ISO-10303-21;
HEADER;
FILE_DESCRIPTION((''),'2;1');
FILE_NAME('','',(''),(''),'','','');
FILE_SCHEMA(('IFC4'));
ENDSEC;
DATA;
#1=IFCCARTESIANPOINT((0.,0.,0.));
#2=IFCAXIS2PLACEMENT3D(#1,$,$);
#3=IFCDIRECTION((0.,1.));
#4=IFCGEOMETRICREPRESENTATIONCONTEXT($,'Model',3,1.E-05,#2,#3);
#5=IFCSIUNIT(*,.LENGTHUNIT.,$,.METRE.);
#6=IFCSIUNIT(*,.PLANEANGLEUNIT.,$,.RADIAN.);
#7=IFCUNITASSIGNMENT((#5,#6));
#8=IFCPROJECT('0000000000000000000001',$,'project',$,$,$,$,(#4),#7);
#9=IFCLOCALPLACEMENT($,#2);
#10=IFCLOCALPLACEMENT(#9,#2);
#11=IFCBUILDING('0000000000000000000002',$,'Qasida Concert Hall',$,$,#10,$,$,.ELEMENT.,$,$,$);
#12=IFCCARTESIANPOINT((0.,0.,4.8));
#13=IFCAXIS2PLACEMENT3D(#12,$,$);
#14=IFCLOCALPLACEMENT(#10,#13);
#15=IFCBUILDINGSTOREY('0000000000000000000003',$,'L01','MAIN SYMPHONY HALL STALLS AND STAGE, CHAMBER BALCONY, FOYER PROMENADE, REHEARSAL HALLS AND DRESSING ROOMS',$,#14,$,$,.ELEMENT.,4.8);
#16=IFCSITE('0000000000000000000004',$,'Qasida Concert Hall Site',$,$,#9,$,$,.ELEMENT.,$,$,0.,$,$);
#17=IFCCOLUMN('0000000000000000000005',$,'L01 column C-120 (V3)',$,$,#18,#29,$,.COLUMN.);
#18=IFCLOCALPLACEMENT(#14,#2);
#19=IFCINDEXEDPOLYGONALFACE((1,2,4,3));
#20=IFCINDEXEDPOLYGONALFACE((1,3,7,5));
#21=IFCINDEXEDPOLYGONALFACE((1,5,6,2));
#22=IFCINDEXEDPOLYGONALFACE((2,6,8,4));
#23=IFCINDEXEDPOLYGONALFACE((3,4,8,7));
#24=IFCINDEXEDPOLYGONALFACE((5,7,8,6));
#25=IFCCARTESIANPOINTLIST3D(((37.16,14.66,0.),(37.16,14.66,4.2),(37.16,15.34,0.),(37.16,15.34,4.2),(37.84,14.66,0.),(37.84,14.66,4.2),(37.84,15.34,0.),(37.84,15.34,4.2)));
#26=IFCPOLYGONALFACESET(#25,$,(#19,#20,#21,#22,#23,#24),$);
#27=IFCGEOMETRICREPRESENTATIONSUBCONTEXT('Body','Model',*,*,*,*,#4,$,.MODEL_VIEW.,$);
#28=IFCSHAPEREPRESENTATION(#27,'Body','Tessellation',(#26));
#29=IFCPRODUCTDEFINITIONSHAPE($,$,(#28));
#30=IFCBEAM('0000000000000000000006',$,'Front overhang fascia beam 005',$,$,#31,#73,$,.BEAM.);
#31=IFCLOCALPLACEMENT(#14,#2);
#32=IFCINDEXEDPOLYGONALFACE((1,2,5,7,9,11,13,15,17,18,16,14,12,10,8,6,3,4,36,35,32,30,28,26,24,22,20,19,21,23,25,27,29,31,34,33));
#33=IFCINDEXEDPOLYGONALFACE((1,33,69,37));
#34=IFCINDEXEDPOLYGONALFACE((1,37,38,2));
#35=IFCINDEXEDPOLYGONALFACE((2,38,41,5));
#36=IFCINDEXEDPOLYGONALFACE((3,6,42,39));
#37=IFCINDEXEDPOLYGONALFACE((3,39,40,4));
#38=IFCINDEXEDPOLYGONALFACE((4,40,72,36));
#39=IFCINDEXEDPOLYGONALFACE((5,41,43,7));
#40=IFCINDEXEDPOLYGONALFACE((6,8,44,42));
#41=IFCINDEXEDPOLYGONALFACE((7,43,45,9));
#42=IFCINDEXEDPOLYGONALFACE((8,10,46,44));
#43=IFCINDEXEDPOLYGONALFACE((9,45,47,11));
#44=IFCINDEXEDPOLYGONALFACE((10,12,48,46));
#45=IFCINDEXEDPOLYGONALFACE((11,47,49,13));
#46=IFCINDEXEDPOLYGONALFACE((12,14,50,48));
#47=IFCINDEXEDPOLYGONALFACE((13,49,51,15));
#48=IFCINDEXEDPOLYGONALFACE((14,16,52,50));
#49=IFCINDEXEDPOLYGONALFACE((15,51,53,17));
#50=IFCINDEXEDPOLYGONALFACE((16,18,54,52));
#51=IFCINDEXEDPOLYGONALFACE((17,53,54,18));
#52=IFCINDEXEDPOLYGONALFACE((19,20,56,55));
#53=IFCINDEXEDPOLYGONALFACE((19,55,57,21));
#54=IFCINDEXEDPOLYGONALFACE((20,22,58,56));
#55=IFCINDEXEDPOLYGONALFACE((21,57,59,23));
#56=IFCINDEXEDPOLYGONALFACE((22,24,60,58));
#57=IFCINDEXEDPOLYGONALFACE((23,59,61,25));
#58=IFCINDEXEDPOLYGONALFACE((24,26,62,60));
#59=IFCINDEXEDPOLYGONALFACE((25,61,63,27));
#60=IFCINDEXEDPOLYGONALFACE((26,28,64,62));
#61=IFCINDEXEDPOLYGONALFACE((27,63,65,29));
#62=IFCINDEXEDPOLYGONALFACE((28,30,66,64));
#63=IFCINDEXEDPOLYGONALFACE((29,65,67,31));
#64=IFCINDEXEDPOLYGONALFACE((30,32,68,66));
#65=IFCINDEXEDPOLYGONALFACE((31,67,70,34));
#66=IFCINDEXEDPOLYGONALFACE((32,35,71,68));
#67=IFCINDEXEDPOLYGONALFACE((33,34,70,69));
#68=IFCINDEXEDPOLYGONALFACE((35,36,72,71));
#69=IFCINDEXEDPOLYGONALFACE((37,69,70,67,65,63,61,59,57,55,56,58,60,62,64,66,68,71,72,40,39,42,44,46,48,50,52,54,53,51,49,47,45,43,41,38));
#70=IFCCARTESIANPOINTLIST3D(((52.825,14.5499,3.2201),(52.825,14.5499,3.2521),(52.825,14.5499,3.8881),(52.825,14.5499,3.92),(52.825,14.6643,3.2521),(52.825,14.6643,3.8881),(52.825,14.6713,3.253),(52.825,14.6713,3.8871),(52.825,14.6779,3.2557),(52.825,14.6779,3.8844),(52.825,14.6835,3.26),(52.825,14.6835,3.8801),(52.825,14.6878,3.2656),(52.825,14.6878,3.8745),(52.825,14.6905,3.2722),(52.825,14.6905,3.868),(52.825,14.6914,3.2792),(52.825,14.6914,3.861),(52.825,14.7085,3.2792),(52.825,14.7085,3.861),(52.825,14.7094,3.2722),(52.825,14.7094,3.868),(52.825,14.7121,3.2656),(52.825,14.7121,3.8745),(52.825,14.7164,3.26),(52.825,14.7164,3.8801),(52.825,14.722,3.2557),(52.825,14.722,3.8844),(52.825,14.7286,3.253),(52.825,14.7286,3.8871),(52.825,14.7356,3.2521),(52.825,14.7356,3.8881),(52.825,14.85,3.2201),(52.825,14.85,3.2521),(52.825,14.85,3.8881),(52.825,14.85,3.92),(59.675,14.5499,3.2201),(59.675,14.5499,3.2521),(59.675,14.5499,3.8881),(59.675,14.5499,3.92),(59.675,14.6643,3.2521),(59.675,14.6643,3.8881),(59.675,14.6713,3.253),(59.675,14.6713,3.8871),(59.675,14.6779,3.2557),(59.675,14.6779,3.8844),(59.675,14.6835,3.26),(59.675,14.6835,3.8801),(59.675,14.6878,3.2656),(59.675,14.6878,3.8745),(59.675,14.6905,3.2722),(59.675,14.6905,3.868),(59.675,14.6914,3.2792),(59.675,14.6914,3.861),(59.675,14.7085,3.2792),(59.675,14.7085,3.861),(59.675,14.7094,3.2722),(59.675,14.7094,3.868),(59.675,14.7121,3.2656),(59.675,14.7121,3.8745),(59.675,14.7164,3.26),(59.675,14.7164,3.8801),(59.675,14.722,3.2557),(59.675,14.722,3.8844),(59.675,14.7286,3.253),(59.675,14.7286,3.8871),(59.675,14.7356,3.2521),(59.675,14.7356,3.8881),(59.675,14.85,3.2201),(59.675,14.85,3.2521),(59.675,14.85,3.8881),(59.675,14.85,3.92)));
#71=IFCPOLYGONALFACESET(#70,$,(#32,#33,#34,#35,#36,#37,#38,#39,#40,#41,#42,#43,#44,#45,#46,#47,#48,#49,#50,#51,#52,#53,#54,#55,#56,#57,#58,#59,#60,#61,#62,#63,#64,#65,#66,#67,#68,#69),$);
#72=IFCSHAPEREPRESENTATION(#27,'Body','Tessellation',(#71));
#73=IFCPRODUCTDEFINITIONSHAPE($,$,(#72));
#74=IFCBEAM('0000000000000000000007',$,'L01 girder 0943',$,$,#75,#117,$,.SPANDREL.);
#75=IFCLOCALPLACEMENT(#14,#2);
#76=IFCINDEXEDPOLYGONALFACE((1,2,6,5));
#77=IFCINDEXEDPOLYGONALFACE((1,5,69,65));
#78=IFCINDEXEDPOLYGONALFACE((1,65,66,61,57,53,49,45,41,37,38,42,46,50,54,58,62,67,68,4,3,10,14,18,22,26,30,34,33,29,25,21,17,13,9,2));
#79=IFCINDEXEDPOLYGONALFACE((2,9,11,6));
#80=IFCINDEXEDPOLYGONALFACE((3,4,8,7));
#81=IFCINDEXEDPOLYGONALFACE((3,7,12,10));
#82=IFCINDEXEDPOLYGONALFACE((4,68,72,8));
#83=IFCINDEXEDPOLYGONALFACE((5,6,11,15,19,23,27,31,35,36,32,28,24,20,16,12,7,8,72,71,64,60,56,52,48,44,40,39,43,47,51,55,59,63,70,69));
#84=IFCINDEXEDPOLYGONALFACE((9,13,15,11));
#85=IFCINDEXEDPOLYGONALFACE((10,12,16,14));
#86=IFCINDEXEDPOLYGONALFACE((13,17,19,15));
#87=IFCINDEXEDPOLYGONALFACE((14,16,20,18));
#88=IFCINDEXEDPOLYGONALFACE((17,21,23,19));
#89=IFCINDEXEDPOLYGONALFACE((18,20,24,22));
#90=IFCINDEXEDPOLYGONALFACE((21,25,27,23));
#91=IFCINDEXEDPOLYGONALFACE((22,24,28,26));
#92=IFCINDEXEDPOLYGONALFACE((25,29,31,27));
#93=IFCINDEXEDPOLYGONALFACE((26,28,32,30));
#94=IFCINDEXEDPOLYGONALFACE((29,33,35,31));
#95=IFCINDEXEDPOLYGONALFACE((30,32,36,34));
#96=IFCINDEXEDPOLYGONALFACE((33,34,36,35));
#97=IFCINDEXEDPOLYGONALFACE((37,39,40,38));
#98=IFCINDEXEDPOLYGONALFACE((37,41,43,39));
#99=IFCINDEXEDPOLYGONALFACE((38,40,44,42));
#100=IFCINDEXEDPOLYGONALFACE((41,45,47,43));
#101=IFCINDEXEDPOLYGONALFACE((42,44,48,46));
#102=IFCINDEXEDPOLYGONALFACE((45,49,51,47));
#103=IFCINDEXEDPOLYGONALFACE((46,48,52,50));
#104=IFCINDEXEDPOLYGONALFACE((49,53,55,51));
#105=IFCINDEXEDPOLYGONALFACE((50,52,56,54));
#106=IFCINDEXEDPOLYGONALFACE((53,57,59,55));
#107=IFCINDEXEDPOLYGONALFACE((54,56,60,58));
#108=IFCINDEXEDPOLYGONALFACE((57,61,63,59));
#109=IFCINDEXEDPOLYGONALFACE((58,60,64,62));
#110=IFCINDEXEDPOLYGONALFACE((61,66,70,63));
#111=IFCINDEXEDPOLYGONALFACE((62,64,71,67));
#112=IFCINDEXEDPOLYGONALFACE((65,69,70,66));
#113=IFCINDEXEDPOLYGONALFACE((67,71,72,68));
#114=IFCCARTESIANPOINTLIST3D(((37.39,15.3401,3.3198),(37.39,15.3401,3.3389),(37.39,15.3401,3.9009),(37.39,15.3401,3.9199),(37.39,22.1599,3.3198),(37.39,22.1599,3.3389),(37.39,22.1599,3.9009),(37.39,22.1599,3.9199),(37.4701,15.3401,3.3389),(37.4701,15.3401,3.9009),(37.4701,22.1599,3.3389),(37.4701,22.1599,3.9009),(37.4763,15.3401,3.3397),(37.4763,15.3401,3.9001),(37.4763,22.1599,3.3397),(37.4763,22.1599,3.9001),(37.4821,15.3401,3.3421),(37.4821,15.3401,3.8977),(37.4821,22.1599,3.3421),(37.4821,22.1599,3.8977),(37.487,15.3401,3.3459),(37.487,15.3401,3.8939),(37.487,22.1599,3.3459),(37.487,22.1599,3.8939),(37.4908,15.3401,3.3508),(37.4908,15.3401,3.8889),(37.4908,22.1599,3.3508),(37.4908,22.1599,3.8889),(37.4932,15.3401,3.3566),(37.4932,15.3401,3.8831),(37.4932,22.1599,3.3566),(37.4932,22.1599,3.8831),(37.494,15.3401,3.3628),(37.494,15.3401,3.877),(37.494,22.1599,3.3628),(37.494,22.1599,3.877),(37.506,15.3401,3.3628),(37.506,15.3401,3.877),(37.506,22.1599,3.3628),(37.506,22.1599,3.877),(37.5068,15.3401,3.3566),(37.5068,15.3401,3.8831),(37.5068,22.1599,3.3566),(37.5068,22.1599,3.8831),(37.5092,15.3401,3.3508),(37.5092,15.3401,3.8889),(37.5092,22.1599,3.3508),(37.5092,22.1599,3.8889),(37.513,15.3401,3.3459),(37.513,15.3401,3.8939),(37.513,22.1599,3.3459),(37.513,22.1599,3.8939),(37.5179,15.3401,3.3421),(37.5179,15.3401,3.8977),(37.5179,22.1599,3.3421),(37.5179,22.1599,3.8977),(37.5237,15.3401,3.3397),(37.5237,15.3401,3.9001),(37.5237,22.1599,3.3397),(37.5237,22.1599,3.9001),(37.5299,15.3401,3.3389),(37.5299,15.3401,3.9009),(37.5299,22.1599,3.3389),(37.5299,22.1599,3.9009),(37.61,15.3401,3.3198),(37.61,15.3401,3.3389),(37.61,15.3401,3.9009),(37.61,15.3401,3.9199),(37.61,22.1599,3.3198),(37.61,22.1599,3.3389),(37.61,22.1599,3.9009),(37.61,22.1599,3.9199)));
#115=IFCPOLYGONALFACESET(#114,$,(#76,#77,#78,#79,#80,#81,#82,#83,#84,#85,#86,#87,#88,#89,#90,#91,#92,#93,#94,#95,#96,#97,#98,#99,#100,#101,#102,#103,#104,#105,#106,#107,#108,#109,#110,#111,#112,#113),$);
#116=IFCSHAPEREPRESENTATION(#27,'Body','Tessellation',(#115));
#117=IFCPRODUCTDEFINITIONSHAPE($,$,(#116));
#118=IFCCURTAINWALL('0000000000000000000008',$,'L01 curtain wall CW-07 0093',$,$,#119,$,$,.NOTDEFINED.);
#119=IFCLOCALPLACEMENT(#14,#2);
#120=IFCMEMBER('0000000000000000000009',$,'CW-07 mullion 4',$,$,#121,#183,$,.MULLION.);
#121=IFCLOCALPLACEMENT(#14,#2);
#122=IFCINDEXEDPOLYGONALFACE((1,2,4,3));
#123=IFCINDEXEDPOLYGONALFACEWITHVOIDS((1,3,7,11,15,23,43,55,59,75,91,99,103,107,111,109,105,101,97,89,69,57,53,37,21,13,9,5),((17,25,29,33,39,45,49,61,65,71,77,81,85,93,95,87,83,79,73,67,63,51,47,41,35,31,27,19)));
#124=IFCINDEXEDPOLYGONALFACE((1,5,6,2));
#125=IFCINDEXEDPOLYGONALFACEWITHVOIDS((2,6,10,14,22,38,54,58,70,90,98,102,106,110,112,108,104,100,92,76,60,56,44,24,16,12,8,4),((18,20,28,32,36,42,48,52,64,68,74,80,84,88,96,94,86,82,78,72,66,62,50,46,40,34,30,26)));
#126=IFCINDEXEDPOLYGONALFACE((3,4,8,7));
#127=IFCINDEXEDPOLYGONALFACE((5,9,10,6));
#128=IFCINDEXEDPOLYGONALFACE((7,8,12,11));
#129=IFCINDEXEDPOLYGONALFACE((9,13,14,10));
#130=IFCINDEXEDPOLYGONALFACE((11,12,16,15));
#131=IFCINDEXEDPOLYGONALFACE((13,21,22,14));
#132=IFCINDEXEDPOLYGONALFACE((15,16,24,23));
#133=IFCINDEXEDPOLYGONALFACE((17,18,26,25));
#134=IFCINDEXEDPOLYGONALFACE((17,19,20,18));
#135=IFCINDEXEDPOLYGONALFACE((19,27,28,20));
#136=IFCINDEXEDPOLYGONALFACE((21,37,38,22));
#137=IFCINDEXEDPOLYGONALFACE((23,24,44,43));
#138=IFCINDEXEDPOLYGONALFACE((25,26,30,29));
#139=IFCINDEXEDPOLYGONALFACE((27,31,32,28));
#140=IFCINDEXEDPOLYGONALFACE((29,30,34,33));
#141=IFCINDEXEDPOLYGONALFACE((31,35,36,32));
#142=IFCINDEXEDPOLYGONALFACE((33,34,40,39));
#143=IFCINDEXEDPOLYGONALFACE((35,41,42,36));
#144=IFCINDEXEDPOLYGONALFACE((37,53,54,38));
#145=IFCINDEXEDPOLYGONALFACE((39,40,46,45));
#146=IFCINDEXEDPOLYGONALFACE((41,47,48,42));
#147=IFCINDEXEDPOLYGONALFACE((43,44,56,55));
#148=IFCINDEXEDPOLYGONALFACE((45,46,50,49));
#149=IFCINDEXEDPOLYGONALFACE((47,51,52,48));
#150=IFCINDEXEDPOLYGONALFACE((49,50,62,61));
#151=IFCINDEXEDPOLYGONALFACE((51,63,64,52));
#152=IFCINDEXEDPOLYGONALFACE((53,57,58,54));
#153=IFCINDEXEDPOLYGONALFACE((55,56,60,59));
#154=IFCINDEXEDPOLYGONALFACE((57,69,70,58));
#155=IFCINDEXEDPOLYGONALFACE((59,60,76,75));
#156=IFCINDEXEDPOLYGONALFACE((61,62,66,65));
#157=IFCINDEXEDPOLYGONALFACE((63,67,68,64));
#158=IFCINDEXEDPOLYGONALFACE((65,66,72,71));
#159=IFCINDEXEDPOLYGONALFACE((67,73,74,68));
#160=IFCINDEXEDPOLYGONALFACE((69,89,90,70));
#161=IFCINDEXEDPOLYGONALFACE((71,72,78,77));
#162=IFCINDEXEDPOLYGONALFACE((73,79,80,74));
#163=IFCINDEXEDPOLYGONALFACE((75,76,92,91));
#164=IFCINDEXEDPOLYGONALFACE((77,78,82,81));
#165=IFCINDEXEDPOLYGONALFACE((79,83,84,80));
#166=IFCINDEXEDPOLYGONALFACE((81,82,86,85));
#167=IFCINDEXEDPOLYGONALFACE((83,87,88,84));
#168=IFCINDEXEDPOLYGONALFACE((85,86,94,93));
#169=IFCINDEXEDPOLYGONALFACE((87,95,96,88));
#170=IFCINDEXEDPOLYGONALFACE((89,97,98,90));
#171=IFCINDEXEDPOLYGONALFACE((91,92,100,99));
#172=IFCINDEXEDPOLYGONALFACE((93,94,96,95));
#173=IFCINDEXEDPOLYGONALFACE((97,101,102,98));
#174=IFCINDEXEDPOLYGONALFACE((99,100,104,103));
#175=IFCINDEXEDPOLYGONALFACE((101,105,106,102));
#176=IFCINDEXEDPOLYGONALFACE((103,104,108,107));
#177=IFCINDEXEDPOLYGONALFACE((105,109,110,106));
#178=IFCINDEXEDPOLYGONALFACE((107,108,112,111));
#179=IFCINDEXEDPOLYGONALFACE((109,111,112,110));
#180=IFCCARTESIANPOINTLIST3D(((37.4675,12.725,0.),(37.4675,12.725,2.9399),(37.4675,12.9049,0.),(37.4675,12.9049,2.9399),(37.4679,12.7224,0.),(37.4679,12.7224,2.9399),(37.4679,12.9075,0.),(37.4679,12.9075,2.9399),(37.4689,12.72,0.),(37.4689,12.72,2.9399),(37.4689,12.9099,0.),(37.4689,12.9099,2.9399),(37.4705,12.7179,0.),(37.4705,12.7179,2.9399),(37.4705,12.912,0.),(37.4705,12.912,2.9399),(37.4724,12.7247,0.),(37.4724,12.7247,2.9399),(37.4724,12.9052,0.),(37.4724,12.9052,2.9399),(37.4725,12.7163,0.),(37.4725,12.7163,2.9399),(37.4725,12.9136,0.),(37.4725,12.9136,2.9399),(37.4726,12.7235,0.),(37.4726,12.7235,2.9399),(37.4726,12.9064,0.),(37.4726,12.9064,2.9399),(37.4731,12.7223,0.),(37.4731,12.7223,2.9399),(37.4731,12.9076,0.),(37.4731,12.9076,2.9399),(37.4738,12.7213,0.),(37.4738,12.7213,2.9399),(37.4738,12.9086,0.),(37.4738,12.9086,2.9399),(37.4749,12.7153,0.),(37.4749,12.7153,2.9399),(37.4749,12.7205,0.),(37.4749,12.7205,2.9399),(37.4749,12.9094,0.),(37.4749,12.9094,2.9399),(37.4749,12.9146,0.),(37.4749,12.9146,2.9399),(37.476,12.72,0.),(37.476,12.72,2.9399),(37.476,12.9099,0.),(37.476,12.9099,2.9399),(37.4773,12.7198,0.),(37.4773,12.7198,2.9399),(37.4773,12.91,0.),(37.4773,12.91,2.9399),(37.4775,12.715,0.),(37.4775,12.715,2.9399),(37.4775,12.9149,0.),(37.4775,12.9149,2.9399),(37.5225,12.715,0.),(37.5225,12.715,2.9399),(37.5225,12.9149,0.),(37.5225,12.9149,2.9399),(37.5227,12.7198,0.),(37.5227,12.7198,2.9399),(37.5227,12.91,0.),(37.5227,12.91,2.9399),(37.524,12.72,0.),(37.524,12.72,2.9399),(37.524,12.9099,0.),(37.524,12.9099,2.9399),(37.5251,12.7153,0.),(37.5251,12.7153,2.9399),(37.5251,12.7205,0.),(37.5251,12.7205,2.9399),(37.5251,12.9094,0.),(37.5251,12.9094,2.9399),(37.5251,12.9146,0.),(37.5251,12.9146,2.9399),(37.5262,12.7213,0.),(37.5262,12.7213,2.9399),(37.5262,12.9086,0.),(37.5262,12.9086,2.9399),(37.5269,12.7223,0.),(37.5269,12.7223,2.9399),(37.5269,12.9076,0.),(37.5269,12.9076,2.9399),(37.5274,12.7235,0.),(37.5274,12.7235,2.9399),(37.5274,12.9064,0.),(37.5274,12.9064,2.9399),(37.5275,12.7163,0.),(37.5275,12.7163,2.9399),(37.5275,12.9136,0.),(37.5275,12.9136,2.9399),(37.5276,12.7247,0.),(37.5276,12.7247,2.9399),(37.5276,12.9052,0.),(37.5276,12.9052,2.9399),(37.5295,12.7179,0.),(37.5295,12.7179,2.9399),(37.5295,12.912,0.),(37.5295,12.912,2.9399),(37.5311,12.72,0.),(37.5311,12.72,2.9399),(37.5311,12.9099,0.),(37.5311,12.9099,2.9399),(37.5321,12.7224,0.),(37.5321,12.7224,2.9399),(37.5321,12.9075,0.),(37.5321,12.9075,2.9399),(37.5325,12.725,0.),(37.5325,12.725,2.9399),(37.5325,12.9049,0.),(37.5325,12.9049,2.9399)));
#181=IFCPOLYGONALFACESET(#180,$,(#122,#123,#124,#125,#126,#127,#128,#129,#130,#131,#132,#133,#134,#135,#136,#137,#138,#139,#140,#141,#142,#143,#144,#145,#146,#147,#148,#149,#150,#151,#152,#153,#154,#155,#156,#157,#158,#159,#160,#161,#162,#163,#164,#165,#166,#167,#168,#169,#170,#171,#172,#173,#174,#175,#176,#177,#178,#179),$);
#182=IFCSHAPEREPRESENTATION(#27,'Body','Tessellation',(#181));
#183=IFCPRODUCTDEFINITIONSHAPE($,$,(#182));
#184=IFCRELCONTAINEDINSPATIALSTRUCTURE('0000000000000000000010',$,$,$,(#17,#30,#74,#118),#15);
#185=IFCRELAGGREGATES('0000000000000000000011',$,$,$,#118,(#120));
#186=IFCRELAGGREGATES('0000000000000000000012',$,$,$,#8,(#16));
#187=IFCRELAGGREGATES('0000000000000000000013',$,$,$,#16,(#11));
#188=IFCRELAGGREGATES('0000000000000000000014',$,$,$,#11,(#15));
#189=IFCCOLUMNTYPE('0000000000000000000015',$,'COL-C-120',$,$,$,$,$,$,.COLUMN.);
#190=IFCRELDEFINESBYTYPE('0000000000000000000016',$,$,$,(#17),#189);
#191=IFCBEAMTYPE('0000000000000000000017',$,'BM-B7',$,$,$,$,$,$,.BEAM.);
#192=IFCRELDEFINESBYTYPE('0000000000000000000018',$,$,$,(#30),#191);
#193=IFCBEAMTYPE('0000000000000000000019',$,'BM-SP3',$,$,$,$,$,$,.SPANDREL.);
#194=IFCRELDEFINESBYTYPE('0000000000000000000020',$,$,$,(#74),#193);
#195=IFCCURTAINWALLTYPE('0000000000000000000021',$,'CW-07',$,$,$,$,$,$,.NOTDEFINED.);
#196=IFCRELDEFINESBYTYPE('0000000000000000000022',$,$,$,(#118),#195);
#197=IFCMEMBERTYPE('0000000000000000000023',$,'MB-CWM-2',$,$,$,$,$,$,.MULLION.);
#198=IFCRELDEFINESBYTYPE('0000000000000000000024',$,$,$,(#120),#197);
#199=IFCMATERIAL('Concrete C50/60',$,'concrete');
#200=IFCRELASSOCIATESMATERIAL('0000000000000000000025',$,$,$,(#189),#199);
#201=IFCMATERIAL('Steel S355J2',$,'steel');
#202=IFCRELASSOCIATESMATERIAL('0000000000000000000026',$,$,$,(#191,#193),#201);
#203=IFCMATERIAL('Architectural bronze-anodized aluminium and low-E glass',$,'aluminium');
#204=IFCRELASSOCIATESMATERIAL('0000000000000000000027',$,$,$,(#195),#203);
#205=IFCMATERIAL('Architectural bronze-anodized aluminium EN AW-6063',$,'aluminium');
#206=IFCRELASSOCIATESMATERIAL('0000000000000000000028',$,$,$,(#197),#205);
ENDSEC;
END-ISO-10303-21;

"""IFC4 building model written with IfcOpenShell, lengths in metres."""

from ifc_helpers import new_model, si_unit, direction, frame, origin, origin_2d, place, context, subcontext, project, spatial, rectangle, hollow_rectangle, i_section, extrude, material, material_profile, profile_set, type_object, element, aggregate, save


model = new_model("IFC4")

# Units and contexts
model_context = context("Model", 3, precision=1e-05, world=origin(), true_north=direction((0.0, 1.0)))
body_context = subcontext(model_context, "Body", "Model", "MODEL_VIEW")
ifc_project = project(units=[si_unit("LENGTHUNIT", "METRE"), si_unit("PLANEANGLEUNIT", "RADIAN")], contexts=[model_context])

# Site, building, storey
site_placement = place(None, origin())
site = spatial("IfcSite", under=ifc_project, at=site_placement, Name="Qasida Concert Hall Site", CompositionType="ELEMENT", RefElevation=0.0)
building_placement = place(site_placement, origin())
building = spatial("IfcBuilding", under=site, at=building_placement, Name="Qasida Concert Hall", CompositionType="ELEMENT")
storey_placement = place(building_placement, frame((0.0, 0.0, 4.8)))
storey = spatial("IfcBuildingStorey", under=building, at=storey_placement, Name="L01", Description="MAIN SYMPHONY HALL STALLS AND STAGE, CHAMBER BALCONY, FOYER PROMENADE, REHEARSAL HALLS AND DRESSING ROOMS", CompositionType="ELEMENT", Elevation=4.8)

# Column
ifc_material_1 = material(Name="Concrete C50/60", Category="concrete")
ifc_material_profile_1 = material_profile(ifc_material_1, rectangle(XDim=0.6799, YDim=0.6799, at=origin_2d()), Name="RC 680x680")
ifc_profile_set_1 = profile_set([ifc_material_profile_1], Name="Concrete C50/60")
column_type = type_object("IfcColumnType", Name="COL-C-120", PredefinedType="COLUMN", material=ifc_profile_set_1)
column_placement = place(storey_placement, frame((37.5, 15.0, 0.0), z_axis=(0.0, 0.0, 1.0), x_axis=(1.0, 0.0, 0.0)))
element("IfcColumn", 1, at=column_placement, inside=storey, type_object=column_type, Name="L01 column C-120 (V3)", PredefinedType="COLUMN", context=body_context, shape_type="SweptSolid", body=[
    extrude(rectangle(XDim=0.6799, YDim=0.6799, at=origin_2d()), origin(), (0.0, 0.0, 1.0), 4.2),
])

# Beams
ifc_material_2 = material(Name="Steel S355J2", Category="steel")
ifc_material_profile_2 = material_profile(ifc_material_2, i_section(OverallWidth=0.3, OverallDepth=0.7, WebThickness=0.0171, FlangeThickness=0.032, FilletRadius=0.0271, at=origin_2d()), Name="HEB 700")
ifc_profile_set_2 = profile_set([ifc_material_profile_2], Name="Steel S355J2")
beam_type_1 = type_object("IfcBeamType", Name="BM-B7", PredefinedType="BEAM", material=ifc_profile_set_2)
beam_1_placement = place(storey_placement, frame((52.825, 14.7, 3.5701), z_axis=(1.0, 0.0, 0.0), x_axis=(0.0, 1.0, 0.0)))
element("IfcBeam", 2, at=beam_1_placement, inside=storey, type_object=beam_type_1, Name="Front overhang fascia beam 005", PredefinedType="BEAM", context=body_context, shape_type="SweptSolid", body=[
    extrude(i_section(OverallWidth=0.3, OverallDepth=0.7, WebThickness=0.0171, FlangeThickness=0.032, FilletRadius=0.0271, at=origin_2d()), origin(), (0.0, 0.0, 1.0), 6.8501),
])
ifc_material_profile_3 = material_profile(ifc_material_2, i_section(OverallWidth=0.22, OverallDepth=0.6001, WebThickness=0.012, FlangeThickness=0.019, FilletRadius=0.0239, at=origin_2d()), Name="IPE 600")
ifc_profile_set_3 = profile_set([ifc_material_profile_3], Name="Steel S355J2")
beam_type_2 = type_object("IfcBeamType", Name="BM-SP3", PredefinedType="SPANDREL", material=ifc_profile_set_3)
beam_2_placement = place(storey_placement, frame((37.5, 15.3401, 3.6199), z_axis=(0.0, 1.0, 0.0), x_axis=(-1.0, 0.0, 0.0)))
element("IfcBeam", 3, at=beam_2_placement, inside=storey, type_object=beam_type_2, Name="L01 girder 0943", PredefinedType="SPANDREL", context=body_context, shape_type="SweptSolid", body=[
    extrude(i_section(OverallWidth=0.22, OverallDepth=0.6001, WebThickness=0.012, FlangeThickness=0.019, FilletRadius=0.0239, at=origin_2d()), origin(), (0.0, 0.0, 1.0), 6.8198),
])

# Curtain wall, member
ifc_material_3 = material(Name="Architectural bronze-anodized aluminium and low-E glass", Category="aluminium")
curtain_wall_type = type_object("IfcCurtainWallType", Name="CW-07", PredefinedType="NOTDEFINED", material=ifc_material_3)
curtain_wall_1_placement = place(storey_placement, origin())
curtain_wall_1 = element("IfcCurtainWall", 4, at=curtain_wall_1_placement, inside=storey, type_object=curtain_wall_type, Name="L01 curtain wall CW-07 0093", PredefinedType="NOTDEFINED")
ifc_material_4 = material(Name="Architectural bronze-anodized aluminium EN AW-6063", Category="aluminium")
ifc_material_profile_4 = material_profile(ifc_material_4, hollow_rectangle(XDim=0.0649, YDim=0.2, WallThickness=0.0049, InnerFilletRadius=0.0049, OuterFilletRadius=0.01, at=origin_2d()), Name="CWM 200x65x5")
ifc_profile_set_4 = profile_set([ifc_material_profile_4], Name="Architectural bronze-anodized aluminium EN AW-6063")
member_type_1 = type_object("IfcMemberType", Name="MB-CWM-2", PredefinedType="MULLION", material=ifc_profile_set_4)
member_1_placement = place(storey_placement, frame((37.5, 12.8149, 0.0), z_axis=(0.0, 0.0, 1.0), x_axis=(-1.0, 0.0, 0.0)))
member_1 = element("IfcMember", 5, at=member_1_placement, type_object=member_type_1, Name="CW-07 mullion 4", PredefinedType="MULLION", context=body_context, shape_type="SweptSolid", body=[
    extrude(hollow_rectangle(XDim=0.0649, YDim=0.2, WallThickness=0.0049, InnerFilletRadius=0.0049, OuterFilletRadius=0.01, at=origin_2d()), origin(), (0.0, 0.0, 1.0), 2.9399),
])

aggregate(curtain_wall_1, [member_1])

save(model, "model.ifc")
